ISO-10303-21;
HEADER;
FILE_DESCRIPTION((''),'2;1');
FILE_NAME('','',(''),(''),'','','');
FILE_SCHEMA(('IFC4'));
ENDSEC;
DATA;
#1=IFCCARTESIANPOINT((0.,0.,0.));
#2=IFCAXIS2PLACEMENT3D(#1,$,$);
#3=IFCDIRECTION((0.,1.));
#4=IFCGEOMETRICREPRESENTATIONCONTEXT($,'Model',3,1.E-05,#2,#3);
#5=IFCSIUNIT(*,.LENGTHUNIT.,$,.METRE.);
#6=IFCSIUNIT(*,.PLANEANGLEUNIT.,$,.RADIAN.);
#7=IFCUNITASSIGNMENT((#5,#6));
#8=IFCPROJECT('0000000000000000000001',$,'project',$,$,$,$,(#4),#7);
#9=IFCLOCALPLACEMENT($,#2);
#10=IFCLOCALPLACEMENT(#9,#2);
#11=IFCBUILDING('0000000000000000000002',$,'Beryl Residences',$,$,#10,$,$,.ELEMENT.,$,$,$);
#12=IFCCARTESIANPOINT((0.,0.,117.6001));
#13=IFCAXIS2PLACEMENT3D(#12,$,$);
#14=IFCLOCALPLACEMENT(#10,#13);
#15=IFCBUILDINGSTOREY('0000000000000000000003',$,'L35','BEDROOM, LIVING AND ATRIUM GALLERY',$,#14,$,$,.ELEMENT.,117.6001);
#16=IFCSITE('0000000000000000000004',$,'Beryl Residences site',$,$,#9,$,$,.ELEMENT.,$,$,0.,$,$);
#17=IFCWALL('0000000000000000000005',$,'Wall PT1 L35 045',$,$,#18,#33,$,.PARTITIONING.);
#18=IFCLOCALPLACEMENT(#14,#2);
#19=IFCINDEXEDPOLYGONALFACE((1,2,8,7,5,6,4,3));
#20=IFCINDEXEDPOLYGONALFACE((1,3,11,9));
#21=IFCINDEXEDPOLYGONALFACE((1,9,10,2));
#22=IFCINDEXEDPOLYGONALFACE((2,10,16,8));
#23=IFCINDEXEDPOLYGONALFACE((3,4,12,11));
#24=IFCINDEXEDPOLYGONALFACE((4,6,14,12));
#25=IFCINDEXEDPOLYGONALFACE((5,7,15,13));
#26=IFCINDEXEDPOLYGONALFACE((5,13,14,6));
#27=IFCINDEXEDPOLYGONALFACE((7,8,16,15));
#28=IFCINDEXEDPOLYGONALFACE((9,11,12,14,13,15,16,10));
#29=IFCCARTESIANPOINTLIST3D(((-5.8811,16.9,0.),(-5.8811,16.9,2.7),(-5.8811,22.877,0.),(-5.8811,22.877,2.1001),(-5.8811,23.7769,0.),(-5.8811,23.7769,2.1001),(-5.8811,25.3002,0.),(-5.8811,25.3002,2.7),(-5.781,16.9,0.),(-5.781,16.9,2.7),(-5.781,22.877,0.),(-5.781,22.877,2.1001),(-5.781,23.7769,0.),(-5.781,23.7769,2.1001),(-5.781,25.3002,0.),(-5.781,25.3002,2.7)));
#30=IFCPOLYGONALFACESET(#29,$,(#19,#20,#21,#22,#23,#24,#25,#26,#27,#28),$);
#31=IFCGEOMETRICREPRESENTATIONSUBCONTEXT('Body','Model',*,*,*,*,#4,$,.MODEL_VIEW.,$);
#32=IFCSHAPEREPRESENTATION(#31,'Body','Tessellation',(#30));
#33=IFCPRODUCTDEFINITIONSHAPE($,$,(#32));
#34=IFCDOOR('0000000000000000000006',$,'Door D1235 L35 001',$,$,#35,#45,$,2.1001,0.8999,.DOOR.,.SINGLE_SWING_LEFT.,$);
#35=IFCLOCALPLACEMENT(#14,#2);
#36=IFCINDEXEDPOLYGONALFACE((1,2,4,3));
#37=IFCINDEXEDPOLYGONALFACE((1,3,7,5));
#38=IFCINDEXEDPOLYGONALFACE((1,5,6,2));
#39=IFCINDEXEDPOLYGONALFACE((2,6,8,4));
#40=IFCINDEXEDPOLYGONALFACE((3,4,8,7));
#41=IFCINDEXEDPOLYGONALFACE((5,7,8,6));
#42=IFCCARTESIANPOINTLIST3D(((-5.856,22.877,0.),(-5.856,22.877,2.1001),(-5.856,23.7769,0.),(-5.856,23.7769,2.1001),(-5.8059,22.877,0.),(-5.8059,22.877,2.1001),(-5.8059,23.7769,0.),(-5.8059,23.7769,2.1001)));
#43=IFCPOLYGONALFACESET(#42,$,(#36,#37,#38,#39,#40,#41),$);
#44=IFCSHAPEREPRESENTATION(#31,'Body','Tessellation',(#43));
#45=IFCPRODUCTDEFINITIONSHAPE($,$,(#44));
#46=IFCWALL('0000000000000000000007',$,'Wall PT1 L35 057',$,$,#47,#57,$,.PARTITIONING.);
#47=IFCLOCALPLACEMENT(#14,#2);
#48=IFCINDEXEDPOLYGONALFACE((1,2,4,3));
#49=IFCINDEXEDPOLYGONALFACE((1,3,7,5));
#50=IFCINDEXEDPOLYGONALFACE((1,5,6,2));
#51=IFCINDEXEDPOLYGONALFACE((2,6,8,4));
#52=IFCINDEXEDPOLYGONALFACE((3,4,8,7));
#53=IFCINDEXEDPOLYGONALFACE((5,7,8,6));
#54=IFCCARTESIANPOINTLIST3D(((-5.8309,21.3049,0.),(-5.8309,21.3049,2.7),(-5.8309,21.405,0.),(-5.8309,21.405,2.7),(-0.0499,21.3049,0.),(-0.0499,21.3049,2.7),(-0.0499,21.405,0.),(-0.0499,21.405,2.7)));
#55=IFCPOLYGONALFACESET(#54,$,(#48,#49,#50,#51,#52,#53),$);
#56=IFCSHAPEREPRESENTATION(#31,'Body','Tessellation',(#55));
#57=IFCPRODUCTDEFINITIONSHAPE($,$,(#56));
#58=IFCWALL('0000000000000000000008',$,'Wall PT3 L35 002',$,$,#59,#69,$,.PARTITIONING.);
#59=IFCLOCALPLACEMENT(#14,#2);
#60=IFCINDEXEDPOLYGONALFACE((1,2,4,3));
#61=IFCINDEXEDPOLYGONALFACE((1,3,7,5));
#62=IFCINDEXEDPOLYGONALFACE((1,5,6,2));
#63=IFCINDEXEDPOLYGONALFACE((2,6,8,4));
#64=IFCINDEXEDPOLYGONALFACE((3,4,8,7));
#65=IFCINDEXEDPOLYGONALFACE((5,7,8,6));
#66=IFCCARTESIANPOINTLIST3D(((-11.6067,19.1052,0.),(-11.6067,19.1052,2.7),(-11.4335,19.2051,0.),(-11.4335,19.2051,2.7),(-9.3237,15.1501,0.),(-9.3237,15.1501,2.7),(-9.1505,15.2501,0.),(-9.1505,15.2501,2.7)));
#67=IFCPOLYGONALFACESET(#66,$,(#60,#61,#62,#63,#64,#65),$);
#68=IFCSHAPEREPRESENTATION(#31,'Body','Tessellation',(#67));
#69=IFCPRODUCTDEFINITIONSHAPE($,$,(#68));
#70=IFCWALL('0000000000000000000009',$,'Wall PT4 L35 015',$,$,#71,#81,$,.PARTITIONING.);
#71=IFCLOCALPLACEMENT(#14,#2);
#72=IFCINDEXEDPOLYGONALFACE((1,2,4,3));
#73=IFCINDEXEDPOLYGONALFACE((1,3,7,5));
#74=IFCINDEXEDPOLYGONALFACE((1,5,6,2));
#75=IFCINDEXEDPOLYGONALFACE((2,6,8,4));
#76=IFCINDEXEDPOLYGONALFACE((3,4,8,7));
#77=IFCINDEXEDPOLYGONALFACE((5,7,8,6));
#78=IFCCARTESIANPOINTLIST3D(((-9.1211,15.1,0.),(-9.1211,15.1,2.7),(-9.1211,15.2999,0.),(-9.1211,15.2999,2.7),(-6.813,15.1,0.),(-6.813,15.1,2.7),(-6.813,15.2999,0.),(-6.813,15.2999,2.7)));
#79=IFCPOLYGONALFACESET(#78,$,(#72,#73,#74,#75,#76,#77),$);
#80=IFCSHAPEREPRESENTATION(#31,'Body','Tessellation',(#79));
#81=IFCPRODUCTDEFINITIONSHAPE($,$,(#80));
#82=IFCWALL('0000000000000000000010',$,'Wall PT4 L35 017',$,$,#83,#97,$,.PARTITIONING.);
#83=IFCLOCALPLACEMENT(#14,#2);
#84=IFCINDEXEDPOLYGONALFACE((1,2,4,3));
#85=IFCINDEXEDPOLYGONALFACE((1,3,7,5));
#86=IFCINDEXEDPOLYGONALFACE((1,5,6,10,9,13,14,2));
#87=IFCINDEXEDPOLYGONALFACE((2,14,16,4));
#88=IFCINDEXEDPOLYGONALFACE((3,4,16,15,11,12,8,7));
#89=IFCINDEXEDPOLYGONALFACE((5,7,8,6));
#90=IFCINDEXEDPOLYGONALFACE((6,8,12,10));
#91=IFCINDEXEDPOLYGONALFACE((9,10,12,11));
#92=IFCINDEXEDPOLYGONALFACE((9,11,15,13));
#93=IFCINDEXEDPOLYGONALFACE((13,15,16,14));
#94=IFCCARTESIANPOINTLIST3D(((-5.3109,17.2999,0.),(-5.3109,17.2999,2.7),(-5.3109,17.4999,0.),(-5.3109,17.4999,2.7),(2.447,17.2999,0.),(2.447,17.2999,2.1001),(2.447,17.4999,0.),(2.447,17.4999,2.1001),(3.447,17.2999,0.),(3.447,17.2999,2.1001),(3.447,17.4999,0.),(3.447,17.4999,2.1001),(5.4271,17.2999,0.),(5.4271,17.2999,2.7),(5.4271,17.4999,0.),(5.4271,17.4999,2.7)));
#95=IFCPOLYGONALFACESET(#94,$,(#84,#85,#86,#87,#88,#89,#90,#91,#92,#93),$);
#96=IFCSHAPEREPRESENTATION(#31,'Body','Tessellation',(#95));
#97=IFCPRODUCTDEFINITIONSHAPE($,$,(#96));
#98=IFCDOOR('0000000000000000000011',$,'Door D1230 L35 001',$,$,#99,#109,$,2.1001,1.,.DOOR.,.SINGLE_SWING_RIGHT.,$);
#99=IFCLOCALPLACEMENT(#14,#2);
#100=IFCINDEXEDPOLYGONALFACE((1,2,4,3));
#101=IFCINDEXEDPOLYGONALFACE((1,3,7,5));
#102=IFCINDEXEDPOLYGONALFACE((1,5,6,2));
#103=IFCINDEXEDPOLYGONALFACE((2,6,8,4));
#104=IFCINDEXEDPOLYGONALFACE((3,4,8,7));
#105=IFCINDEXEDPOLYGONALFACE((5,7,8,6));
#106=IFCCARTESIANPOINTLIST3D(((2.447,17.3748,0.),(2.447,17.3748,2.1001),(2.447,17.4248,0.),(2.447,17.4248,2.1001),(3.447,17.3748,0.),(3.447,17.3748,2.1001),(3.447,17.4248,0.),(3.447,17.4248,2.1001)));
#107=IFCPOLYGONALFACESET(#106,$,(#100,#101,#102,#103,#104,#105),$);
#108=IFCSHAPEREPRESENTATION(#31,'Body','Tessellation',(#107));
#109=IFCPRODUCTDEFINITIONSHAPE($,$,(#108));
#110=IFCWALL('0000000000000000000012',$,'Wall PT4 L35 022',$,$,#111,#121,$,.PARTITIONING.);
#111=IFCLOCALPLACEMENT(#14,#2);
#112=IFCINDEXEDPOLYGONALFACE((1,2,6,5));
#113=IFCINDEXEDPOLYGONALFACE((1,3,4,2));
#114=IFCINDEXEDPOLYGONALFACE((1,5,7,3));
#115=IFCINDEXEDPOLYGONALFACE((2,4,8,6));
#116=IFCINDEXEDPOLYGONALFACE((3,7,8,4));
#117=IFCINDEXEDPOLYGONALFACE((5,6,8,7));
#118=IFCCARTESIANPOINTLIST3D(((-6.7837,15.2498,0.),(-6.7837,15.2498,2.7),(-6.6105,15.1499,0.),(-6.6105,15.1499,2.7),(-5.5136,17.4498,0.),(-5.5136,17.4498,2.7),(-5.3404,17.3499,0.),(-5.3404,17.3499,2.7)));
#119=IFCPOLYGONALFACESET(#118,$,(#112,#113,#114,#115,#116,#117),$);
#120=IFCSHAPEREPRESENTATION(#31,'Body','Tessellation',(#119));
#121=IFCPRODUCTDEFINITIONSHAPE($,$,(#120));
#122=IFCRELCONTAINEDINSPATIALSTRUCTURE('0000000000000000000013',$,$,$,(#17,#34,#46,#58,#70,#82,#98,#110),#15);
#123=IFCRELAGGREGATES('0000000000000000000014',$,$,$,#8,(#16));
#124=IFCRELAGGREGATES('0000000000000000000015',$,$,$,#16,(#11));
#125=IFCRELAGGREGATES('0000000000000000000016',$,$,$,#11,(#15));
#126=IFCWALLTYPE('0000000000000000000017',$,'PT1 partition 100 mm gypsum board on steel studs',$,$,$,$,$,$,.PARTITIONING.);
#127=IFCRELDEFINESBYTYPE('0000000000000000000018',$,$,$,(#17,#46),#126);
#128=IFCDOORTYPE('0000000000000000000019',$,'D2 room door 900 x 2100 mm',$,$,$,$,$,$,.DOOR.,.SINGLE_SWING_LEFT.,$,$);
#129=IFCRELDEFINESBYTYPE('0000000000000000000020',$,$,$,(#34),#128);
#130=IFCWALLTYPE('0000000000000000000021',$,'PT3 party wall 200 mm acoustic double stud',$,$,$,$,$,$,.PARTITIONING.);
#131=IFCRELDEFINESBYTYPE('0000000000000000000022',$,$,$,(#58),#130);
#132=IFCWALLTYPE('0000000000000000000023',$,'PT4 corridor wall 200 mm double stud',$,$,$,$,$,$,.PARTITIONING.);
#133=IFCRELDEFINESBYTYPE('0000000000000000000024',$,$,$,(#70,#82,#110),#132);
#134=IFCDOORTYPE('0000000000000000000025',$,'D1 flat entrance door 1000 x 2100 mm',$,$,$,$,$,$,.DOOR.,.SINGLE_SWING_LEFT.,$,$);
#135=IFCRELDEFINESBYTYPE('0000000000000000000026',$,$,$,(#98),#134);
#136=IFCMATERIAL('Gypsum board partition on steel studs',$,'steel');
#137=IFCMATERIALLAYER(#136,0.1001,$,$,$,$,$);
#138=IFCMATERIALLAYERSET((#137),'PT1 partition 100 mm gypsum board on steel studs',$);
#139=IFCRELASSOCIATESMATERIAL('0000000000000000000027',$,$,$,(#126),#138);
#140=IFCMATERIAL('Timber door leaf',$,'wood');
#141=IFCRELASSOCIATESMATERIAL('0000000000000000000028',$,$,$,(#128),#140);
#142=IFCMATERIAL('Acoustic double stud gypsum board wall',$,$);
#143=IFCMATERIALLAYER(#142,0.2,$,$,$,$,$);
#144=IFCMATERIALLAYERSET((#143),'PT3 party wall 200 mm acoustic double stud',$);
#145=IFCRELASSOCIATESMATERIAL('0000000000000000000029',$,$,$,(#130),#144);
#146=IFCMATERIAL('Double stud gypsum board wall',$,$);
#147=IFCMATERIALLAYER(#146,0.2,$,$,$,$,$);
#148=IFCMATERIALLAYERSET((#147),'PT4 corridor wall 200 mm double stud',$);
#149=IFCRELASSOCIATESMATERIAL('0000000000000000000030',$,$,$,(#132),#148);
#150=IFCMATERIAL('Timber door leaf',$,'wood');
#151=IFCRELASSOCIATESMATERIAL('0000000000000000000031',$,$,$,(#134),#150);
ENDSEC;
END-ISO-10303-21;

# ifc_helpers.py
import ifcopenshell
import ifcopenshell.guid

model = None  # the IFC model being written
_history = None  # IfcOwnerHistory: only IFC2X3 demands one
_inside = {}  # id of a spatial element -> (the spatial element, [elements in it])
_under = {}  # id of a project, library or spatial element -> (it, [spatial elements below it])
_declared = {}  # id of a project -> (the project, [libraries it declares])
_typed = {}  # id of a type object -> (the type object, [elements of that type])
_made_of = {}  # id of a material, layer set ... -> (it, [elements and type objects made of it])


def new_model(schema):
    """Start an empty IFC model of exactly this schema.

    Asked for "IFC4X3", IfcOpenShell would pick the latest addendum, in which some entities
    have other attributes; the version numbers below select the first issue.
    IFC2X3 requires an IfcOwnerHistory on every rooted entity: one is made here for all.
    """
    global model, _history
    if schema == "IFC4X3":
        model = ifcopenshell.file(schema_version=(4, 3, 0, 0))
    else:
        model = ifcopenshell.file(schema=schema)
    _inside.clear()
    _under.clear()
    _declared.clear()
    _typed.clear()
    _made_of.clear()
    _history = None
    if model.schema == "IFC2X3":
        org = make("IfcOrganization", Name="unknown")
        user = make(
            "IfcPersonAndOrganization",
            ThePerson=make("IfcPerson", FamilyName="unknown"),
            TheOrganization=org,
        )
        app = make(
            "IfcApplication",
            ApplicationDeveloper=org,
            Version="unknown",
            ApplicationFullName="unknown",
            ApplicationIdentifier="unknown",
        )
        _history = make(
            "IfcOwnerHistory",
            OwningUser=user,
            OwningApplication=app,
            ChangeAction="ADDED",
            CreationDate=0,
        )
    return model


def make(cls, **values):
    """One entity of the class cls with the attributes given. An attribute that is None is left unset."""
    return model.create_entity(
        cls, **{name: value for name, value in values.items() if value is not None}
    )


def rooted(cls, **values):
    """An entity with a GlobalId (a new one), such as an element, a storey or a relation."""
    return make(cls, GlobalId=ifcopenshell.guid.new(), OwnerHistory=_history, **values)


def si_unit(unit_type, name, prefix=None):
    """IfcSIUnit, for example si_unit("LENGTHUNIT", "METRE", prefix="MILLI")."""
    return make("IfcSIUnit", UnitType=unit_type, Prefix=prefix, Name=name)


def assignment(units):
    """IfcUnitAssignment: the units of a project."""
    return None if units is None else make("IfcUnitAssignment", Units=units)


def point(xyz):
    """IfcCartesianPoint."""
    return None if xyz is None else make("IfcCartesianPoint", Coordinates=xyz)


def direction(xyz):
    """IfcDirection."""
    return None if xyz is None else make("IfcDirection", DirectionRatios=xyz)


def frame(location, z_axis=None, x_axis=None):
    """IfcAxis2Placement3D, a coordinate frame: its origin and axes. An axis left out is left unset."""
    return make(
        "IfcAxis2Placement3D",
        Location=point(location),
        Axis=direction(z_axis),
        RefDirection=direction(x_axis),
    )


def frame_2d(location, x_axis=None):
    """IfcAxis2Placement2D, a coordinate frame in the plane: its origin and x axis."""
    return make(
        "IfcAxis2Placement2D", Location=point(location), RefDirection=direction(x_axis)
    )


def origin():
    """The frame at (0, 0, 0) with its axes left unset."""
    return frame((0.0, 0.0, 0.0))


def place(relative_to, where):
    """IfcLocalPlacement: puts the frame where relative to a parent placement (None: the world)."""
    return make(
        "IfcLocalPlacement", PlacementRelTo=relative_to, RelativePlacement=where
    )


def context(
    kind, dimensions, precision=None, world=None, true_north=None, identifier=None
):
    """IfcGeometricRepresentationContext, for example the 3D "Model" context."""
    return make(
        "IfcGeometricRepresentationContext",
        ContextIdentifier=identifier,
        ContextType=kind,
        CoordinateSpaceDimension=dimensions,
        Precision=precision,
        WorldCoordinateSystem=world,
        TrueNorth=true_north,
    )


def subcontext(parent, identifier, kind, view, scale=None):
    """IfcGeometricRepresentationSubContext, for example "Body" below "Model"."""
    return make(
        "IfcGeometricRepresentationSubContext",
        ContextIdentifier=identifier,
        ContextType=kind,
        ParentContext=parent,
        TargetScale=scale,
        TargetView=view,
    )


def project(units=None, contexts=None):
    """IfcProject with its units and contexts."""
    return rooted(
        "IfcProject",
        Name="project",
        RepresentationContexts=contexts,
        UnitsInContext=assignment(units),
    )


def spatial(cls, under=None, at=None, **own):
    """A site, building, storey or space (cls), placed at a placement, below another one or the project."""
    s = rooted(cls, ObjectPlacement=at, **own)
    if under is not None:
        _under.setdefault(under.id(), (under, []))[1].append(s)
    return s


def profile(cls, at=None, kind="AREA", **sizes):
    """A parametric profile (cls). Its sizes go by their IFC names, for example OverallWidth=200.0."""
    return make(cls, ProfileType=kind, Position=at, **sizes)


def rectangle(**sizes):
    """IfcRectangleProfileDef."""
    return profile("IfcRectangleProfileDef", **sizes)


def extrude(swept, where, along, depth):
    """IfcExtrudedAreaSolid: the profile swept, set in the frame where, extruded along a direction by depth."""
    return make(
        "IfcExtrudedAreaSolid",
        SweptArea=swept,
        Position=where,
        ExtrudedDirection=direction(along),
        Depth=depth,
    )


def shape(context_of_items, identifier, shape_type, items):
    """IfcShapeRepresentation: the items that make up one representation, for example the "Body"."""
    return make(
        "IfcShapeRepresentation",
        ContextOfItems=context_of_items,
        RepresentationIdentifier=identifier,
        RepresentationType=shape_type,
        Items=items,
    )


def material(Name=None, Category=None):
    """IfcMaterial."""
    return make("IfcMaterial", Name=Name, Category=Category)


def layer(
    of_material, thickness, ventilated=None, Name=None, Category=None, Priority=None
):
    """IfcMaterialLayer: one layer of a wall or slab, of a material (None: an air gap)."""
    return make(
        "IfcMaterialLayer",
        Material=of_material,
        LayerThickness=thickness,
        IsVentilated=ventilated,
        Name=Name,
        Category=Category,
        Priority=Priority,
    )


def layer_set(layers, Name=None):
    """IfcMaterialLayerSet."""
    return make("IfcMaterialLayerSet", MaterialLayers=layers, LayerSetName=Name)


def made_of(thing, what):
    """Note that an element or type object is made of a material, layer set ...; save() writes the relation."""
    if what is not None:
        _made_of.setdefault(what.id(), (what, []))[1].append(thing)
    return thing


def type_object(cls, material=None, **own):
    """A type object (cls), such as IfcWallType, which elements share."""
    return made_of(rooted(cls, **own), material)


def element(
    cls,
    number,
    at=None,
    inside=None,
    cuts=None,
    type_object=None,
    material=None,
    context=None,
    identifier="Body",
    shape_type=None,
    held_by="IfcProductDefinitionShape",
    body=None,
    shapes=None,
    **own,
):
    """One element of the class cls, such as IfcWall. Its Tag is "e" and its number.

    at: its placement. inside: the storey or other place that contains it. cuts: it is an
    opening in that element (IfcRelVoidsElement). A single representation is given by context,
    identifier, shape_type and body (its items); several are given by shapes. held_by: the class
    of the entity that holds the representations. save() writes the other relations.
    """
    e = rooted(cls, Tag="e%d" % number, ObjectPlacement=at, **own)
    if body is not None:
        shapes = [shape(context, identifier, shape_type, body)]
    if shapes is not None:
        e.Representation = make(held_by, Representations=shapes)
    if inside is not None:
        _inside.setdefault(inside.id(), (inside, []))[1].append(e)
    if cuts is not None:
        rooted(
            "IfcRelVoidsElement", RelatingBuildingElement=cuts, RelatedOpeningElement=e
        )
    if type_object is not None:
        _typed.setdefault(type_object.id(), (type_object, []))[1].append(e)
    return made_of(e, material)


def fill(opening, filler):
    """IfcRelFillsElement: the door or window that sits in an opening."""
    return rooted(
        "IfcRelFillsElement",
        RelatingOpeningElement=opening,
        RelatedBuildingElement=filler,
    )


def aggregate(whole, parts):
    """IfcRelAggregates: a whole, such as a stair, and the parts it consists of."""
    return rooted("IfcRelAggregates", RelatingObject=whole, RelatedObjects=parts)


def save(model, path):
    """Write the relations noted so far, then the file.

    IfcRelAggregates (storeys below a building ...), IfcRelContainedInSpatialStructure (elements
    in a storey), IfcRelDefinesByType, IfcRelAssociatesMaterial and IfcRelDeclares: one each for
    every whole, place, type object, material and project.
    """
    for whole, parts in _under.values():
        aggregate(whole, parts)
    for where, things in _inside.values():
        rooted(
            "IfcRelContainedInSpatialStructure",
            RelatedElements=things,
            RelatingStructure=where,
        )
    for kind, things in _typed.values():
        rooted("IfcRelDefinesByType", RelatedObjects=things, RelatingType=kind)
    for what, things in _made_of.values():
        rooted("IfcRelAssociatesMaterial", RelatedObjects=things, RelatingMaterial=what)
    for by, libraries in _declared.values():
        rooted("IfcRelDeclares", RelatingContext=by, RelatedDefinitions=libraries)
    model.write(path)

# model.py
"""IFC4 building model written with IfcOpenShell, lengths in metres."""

from ifc_helpers import new_model, si_unit, direction, frame, frame_2d, origin, place, context, subcontext, project, spatial, rectangle, extrude, material, layer, layer_set, type_object, element, fill, save


model = new_model("IFC4")

# Units and contexts
model_context = context("Model", 3, precision=1e-05, world=origin(), true_north=direction((0.0, 1.0)))
body_context = subcontext(model_context, "Body", "Model", "MODEL_VIEW")
ifc_project = project(units=[si_unit("LENGTHUNIT", "METRE"), si_unit("PLANEANGLEUNIT", "RADIAN")], contexts=[model_context])

# Site, building, storey
site_placement = place(None, origin())
site = spatial("IfcSite", under=ifc_project, at=site_placement, Name="Beryl Residences site", CompositionType="ELEMENT", RefElevation=0.0)
building_placement = place(site_placement, origin())
building = spatial("IfcBuilding", under=site, at=building_placement, Name="Beryl Residences", CompositionType="ELEMENT")
storey_placement = place(building_placement, frame((0.0, 0.0, 117.6001)))
storey = spatial("IfcBuildingStorey", under=building, at=storey_placement, Name="L35", Description="BEDROOM, LIVING AND ATRIUM GALLERY", CompositionType="ELEMENT", Elevation=117.6001)

# Shared definitions
ifc_material_1 = material(Name="Gypsum board partition on steel studs", Category="steel")
ifc_layer_1 = layer(ifc_material_1, 0.1001)
ifc_layer_set_1 = layer_set([ifc_layer_1], Name="PT1 partition 100 mm gypsum board on steel studs")
wall_type_1 = type_object("IfcWallType", Name="PT1 partition 100 mm gypsum board on steel studs", PredefinedType="PARTITIONING", material=ifc_layer_set_1)

# Wall, opening, door
wall_1_placement = place(storey_placement, frame((-5.8311, 16.8999, 0.0), z_axis=(0.0, 0.0, 1.0), x_axis=(0.0, 1.0, 0.0)))
wall_1 = element("IfcWall", 1, at=wall_1_placement, inside=storey, type_object=wall_type_1, Name="Wall PT1 L35 045", PredefinedType="PARTITIONING", context=body_context, shape_type="SweptSolid", body=[
    extrude(rectangle(XDim=8.4001, YDim=0.1001, at=frame_2d((4.2002, 0.0))), origin(), (0.0, 0.0, 1.0), 2.7),
])
opening_1_placement = place(wall_1_placement, frame((5.9771, 0.0, 0.0)))
opening_1 = element("IfcOpeningElement", 2, at=opening_1_placement, cuts=wall_1, PredefinedType="OPENING", context=body_context, shape_type="SweptSolid", body=[
    extrude(rectangle(XDim=0.8999, YDim=2.1001, at=frame_2d((0.45, 1.05))), frame((0.0, 0.0601, 0.0), z_axis=(0.0, -1.0, 0.0), x_axis=(1.0, 0.0, 0.0)), (0.0, 0.0, 1.0), 0.1201),
])
ifc_material_2 = material(Name="Timber door leaf", Category="wood")
door_type_1 = type_object("IfcDoorType", Name="D2 room door 900 x 2100 mm", OperationType="SINGLE_SWING_LEFT", PredefinedType="DOOR", material=ifc_material_2)
door_1_placement = place(opening_1_placement, origin())
door_1 = element("IfcDoor", 3, at=door_1_placement, inside=storey, type_object=door_type_1, Name="Door D1235 L35 001", OperationType="SINGLE_SWING_LEFT", OverallHeight=2.1001, OverallWidth=0.8999, PredefinedType="DOOR", context=body_context, shape_type="SweptSolid", body=[
    extrude(rectangle(XDim=0.8999, YDim=2.1001, at=frame_2d((0.45, 1.05))), frame((0.0, 0.0249, 0.0), z_axis=(0.0, -1.0, 0.0), x_axis=(1.0, 0.0, 0.0)), (0.0, 0.0, 1.0), 0.05),
])
fill(opening_1, door_1)

# Walls
wall_2_placement = place(storey_placement, frame((-5.8311, 21.355, 0.0), z_axis=(0.0, 0.0, 1.0), x_axis=(1.0, 0.0, 0.0)))
element("IfcWall", 4, at=wall_2_placement, inside=storey, type_object=wall_type_1, Name="Wall PT1 L35 057", PredefinedType="PARTITIONING", context=body_context, shape_type="SweptSolid", body=[
    extrude(rectangle(XDim=5.781, YDim=0.1001, at=frame_2d((2.8906, 0.0))), origin(), (0.0, 0.0, 1.0), 2.7),
])
ifc_material_3 = material(Name="Acoustic double stud gypsum board wall")
ifc_layer_2 = layer(ifc_material_3, 0.2)
ifc_layer_set_2 = layer_set([ifc_layer_2], Name="PT3 party wall 200 mm acoustic double stud")
wall_type_2 = type_object("IfcWallType", Name="PT3 party wall 200 mm acoustic double stud", PredefinedType="PARTITIONING", material=ifc_layer_set_2)
wall_3_placement = place(storey_placement, frame((-11.52, 19.155, 0.0), z_axis=(0.0, 0.0, 1.0), x_axis=(0.499917, -0.866073, 0.0)))
element("IfcWall", 5, at=wall_3_placement, inside=storey, type_object=wall_type_2, Name="Wall PT3 L35 002", PredefinedType="PARTITIONING", context=body_context, shape_type="SweptSolid", body=[
    extrude(rectangle(XDim=4.5667, YDim=0.2, at=frame_2d((2.2832, 0.0))), origin(), (0.0, 0.0, 1.0), 2.7),
])
ifc_material_4 = material(Name="Double stud gypsum board wall")
ifc_layer_3 = layer(ifc_material_4, 0.2)
ifc_layer_set_3 = layer_set([ifc_layer_3], Name="PT4 corridor wall 200 mm double stud")
wall_type_3 = type_object("IfcWallType", Name="PT4 corridor wall 200 mm double stud", PredefinedType="PARTITIONING", material=ifc_layer_set_3)
wall_4_placement = place(storey_placement, frame((-9.1211, 15.2, 0.0), z_axis=(0.0, 0.0, 1.0), x_axis=(1.0, 0.0, 0.0)))
element("IfcWall", 6, at=wall_4_placement, inside=storey, type_object=wall_type_3, Name="Wall PT4 L35 015", PredefinedType="PARTITIONING", context=body_context, shape_type="SweptSolid", body=[
    extrude(rectangle(XDim=2.3081, YDim=0.2, at=frame_2d((1.1541, 0.0))), origin(), (0.0, 0.0, 1.0), 2.7),
])

# Wall, opening, door
wall_5_placement = place(storey_placement, frame((-5.311, 17.3999, 0.0), z_axis=(0.0, 0.0, 1.0), x_axis=(1.0, 0.0, 0.0)))
wall_5 = element("IfcWall", 7, at=wall_5_placement, inside=storey, type_object=wall_type_3, Name="Wall PT4 L35 017", PredefinedType="PARTITIONING", context=body_context, shape_type="SweptSolid", body=[
    extrude(rectangle(XDim=10.738, YDim=0.2, at=frame_2d((5.3691, 0.0))), origin(), (0.0, 0.0, 1.0), 2.7),
])
opening_2_placement = place(wall_5_placement, frame((7.7581, 0.0, 0.0)))
opening_2 = element("IfcOpeningElement", 8, at=opening_2_placement, cuts=wall_5, PredefinedType="OPENING", context=body_context, shape_type="SweptSolid", body=[
    extrude(rectangle(XDim=1.0, YDim=2.1001, at=frame_2d((0.5, 1.05))), frame((0.0, 0.1099, 0.0), z_axis=(0.0, -1.0, 0.0), x_axis=(1.0, 0.0, 0.0)), (0.0, 0.0, 1.0), 0.22),
])
ifc_material_5 = material(Name="Timber door leaf", Category="wood")
door_type_2 = type_object("IfcDoorType", Name="D1 flat entrance door 1000 x 2100 mm", OperationType="SINGLE_SWING_LEFT", PredefinedType="DOOR", material=ifc_material_5)
door_2_placement = place(opening_2_placement, origin())
door_2 = element("IfcDoor", 9, at=door_2_placement, inside=storey, type_object=door_type_2, Name="Door D1230 L35 001", OperationType="SINGLE_SWING_RIGHT", OverallHeight=2.1001, OverallWidth=1.0, PredefinedType="DOOR", context=body_context, shape_type="SweptSolid", body=[
    extrude(rectangle(XDim=1.0, YDim=2.1001, at=frame_2d((0.5, 1.05))), frame((0.0, 0.0249, 0.0), z_axis=(0.0, -1.0, 0.0), x_axis=(1.0, 0.0, 0.0)), (0.0, 0.0, 1.0), 0.05),
])
fill(opening_2, door_2)

# Wall
wall_6_placement = place(storey_placement, frame((-6.697, 15.2, 0.0), z_axis=(0.0, 0.0, 1.0), x_axis=(0.499964, 0.866046, 0.0)))
element("IfcWall", 10, at=wall_6_placement, inside=storey, type_object=wall_type_3, Name="Wall PT4 L35 022", PredefinedType="PARTITIONING", context=body_context, shape_type="SweptSolid", body=[
    extrude(rectangle(XDim=2.5403, YDim=0.2, at=frame_2d((1.27, 0.0))), origin(), (0.0, 0.0, 1.0), 2.7),
])

save(model, "model.ifc")
